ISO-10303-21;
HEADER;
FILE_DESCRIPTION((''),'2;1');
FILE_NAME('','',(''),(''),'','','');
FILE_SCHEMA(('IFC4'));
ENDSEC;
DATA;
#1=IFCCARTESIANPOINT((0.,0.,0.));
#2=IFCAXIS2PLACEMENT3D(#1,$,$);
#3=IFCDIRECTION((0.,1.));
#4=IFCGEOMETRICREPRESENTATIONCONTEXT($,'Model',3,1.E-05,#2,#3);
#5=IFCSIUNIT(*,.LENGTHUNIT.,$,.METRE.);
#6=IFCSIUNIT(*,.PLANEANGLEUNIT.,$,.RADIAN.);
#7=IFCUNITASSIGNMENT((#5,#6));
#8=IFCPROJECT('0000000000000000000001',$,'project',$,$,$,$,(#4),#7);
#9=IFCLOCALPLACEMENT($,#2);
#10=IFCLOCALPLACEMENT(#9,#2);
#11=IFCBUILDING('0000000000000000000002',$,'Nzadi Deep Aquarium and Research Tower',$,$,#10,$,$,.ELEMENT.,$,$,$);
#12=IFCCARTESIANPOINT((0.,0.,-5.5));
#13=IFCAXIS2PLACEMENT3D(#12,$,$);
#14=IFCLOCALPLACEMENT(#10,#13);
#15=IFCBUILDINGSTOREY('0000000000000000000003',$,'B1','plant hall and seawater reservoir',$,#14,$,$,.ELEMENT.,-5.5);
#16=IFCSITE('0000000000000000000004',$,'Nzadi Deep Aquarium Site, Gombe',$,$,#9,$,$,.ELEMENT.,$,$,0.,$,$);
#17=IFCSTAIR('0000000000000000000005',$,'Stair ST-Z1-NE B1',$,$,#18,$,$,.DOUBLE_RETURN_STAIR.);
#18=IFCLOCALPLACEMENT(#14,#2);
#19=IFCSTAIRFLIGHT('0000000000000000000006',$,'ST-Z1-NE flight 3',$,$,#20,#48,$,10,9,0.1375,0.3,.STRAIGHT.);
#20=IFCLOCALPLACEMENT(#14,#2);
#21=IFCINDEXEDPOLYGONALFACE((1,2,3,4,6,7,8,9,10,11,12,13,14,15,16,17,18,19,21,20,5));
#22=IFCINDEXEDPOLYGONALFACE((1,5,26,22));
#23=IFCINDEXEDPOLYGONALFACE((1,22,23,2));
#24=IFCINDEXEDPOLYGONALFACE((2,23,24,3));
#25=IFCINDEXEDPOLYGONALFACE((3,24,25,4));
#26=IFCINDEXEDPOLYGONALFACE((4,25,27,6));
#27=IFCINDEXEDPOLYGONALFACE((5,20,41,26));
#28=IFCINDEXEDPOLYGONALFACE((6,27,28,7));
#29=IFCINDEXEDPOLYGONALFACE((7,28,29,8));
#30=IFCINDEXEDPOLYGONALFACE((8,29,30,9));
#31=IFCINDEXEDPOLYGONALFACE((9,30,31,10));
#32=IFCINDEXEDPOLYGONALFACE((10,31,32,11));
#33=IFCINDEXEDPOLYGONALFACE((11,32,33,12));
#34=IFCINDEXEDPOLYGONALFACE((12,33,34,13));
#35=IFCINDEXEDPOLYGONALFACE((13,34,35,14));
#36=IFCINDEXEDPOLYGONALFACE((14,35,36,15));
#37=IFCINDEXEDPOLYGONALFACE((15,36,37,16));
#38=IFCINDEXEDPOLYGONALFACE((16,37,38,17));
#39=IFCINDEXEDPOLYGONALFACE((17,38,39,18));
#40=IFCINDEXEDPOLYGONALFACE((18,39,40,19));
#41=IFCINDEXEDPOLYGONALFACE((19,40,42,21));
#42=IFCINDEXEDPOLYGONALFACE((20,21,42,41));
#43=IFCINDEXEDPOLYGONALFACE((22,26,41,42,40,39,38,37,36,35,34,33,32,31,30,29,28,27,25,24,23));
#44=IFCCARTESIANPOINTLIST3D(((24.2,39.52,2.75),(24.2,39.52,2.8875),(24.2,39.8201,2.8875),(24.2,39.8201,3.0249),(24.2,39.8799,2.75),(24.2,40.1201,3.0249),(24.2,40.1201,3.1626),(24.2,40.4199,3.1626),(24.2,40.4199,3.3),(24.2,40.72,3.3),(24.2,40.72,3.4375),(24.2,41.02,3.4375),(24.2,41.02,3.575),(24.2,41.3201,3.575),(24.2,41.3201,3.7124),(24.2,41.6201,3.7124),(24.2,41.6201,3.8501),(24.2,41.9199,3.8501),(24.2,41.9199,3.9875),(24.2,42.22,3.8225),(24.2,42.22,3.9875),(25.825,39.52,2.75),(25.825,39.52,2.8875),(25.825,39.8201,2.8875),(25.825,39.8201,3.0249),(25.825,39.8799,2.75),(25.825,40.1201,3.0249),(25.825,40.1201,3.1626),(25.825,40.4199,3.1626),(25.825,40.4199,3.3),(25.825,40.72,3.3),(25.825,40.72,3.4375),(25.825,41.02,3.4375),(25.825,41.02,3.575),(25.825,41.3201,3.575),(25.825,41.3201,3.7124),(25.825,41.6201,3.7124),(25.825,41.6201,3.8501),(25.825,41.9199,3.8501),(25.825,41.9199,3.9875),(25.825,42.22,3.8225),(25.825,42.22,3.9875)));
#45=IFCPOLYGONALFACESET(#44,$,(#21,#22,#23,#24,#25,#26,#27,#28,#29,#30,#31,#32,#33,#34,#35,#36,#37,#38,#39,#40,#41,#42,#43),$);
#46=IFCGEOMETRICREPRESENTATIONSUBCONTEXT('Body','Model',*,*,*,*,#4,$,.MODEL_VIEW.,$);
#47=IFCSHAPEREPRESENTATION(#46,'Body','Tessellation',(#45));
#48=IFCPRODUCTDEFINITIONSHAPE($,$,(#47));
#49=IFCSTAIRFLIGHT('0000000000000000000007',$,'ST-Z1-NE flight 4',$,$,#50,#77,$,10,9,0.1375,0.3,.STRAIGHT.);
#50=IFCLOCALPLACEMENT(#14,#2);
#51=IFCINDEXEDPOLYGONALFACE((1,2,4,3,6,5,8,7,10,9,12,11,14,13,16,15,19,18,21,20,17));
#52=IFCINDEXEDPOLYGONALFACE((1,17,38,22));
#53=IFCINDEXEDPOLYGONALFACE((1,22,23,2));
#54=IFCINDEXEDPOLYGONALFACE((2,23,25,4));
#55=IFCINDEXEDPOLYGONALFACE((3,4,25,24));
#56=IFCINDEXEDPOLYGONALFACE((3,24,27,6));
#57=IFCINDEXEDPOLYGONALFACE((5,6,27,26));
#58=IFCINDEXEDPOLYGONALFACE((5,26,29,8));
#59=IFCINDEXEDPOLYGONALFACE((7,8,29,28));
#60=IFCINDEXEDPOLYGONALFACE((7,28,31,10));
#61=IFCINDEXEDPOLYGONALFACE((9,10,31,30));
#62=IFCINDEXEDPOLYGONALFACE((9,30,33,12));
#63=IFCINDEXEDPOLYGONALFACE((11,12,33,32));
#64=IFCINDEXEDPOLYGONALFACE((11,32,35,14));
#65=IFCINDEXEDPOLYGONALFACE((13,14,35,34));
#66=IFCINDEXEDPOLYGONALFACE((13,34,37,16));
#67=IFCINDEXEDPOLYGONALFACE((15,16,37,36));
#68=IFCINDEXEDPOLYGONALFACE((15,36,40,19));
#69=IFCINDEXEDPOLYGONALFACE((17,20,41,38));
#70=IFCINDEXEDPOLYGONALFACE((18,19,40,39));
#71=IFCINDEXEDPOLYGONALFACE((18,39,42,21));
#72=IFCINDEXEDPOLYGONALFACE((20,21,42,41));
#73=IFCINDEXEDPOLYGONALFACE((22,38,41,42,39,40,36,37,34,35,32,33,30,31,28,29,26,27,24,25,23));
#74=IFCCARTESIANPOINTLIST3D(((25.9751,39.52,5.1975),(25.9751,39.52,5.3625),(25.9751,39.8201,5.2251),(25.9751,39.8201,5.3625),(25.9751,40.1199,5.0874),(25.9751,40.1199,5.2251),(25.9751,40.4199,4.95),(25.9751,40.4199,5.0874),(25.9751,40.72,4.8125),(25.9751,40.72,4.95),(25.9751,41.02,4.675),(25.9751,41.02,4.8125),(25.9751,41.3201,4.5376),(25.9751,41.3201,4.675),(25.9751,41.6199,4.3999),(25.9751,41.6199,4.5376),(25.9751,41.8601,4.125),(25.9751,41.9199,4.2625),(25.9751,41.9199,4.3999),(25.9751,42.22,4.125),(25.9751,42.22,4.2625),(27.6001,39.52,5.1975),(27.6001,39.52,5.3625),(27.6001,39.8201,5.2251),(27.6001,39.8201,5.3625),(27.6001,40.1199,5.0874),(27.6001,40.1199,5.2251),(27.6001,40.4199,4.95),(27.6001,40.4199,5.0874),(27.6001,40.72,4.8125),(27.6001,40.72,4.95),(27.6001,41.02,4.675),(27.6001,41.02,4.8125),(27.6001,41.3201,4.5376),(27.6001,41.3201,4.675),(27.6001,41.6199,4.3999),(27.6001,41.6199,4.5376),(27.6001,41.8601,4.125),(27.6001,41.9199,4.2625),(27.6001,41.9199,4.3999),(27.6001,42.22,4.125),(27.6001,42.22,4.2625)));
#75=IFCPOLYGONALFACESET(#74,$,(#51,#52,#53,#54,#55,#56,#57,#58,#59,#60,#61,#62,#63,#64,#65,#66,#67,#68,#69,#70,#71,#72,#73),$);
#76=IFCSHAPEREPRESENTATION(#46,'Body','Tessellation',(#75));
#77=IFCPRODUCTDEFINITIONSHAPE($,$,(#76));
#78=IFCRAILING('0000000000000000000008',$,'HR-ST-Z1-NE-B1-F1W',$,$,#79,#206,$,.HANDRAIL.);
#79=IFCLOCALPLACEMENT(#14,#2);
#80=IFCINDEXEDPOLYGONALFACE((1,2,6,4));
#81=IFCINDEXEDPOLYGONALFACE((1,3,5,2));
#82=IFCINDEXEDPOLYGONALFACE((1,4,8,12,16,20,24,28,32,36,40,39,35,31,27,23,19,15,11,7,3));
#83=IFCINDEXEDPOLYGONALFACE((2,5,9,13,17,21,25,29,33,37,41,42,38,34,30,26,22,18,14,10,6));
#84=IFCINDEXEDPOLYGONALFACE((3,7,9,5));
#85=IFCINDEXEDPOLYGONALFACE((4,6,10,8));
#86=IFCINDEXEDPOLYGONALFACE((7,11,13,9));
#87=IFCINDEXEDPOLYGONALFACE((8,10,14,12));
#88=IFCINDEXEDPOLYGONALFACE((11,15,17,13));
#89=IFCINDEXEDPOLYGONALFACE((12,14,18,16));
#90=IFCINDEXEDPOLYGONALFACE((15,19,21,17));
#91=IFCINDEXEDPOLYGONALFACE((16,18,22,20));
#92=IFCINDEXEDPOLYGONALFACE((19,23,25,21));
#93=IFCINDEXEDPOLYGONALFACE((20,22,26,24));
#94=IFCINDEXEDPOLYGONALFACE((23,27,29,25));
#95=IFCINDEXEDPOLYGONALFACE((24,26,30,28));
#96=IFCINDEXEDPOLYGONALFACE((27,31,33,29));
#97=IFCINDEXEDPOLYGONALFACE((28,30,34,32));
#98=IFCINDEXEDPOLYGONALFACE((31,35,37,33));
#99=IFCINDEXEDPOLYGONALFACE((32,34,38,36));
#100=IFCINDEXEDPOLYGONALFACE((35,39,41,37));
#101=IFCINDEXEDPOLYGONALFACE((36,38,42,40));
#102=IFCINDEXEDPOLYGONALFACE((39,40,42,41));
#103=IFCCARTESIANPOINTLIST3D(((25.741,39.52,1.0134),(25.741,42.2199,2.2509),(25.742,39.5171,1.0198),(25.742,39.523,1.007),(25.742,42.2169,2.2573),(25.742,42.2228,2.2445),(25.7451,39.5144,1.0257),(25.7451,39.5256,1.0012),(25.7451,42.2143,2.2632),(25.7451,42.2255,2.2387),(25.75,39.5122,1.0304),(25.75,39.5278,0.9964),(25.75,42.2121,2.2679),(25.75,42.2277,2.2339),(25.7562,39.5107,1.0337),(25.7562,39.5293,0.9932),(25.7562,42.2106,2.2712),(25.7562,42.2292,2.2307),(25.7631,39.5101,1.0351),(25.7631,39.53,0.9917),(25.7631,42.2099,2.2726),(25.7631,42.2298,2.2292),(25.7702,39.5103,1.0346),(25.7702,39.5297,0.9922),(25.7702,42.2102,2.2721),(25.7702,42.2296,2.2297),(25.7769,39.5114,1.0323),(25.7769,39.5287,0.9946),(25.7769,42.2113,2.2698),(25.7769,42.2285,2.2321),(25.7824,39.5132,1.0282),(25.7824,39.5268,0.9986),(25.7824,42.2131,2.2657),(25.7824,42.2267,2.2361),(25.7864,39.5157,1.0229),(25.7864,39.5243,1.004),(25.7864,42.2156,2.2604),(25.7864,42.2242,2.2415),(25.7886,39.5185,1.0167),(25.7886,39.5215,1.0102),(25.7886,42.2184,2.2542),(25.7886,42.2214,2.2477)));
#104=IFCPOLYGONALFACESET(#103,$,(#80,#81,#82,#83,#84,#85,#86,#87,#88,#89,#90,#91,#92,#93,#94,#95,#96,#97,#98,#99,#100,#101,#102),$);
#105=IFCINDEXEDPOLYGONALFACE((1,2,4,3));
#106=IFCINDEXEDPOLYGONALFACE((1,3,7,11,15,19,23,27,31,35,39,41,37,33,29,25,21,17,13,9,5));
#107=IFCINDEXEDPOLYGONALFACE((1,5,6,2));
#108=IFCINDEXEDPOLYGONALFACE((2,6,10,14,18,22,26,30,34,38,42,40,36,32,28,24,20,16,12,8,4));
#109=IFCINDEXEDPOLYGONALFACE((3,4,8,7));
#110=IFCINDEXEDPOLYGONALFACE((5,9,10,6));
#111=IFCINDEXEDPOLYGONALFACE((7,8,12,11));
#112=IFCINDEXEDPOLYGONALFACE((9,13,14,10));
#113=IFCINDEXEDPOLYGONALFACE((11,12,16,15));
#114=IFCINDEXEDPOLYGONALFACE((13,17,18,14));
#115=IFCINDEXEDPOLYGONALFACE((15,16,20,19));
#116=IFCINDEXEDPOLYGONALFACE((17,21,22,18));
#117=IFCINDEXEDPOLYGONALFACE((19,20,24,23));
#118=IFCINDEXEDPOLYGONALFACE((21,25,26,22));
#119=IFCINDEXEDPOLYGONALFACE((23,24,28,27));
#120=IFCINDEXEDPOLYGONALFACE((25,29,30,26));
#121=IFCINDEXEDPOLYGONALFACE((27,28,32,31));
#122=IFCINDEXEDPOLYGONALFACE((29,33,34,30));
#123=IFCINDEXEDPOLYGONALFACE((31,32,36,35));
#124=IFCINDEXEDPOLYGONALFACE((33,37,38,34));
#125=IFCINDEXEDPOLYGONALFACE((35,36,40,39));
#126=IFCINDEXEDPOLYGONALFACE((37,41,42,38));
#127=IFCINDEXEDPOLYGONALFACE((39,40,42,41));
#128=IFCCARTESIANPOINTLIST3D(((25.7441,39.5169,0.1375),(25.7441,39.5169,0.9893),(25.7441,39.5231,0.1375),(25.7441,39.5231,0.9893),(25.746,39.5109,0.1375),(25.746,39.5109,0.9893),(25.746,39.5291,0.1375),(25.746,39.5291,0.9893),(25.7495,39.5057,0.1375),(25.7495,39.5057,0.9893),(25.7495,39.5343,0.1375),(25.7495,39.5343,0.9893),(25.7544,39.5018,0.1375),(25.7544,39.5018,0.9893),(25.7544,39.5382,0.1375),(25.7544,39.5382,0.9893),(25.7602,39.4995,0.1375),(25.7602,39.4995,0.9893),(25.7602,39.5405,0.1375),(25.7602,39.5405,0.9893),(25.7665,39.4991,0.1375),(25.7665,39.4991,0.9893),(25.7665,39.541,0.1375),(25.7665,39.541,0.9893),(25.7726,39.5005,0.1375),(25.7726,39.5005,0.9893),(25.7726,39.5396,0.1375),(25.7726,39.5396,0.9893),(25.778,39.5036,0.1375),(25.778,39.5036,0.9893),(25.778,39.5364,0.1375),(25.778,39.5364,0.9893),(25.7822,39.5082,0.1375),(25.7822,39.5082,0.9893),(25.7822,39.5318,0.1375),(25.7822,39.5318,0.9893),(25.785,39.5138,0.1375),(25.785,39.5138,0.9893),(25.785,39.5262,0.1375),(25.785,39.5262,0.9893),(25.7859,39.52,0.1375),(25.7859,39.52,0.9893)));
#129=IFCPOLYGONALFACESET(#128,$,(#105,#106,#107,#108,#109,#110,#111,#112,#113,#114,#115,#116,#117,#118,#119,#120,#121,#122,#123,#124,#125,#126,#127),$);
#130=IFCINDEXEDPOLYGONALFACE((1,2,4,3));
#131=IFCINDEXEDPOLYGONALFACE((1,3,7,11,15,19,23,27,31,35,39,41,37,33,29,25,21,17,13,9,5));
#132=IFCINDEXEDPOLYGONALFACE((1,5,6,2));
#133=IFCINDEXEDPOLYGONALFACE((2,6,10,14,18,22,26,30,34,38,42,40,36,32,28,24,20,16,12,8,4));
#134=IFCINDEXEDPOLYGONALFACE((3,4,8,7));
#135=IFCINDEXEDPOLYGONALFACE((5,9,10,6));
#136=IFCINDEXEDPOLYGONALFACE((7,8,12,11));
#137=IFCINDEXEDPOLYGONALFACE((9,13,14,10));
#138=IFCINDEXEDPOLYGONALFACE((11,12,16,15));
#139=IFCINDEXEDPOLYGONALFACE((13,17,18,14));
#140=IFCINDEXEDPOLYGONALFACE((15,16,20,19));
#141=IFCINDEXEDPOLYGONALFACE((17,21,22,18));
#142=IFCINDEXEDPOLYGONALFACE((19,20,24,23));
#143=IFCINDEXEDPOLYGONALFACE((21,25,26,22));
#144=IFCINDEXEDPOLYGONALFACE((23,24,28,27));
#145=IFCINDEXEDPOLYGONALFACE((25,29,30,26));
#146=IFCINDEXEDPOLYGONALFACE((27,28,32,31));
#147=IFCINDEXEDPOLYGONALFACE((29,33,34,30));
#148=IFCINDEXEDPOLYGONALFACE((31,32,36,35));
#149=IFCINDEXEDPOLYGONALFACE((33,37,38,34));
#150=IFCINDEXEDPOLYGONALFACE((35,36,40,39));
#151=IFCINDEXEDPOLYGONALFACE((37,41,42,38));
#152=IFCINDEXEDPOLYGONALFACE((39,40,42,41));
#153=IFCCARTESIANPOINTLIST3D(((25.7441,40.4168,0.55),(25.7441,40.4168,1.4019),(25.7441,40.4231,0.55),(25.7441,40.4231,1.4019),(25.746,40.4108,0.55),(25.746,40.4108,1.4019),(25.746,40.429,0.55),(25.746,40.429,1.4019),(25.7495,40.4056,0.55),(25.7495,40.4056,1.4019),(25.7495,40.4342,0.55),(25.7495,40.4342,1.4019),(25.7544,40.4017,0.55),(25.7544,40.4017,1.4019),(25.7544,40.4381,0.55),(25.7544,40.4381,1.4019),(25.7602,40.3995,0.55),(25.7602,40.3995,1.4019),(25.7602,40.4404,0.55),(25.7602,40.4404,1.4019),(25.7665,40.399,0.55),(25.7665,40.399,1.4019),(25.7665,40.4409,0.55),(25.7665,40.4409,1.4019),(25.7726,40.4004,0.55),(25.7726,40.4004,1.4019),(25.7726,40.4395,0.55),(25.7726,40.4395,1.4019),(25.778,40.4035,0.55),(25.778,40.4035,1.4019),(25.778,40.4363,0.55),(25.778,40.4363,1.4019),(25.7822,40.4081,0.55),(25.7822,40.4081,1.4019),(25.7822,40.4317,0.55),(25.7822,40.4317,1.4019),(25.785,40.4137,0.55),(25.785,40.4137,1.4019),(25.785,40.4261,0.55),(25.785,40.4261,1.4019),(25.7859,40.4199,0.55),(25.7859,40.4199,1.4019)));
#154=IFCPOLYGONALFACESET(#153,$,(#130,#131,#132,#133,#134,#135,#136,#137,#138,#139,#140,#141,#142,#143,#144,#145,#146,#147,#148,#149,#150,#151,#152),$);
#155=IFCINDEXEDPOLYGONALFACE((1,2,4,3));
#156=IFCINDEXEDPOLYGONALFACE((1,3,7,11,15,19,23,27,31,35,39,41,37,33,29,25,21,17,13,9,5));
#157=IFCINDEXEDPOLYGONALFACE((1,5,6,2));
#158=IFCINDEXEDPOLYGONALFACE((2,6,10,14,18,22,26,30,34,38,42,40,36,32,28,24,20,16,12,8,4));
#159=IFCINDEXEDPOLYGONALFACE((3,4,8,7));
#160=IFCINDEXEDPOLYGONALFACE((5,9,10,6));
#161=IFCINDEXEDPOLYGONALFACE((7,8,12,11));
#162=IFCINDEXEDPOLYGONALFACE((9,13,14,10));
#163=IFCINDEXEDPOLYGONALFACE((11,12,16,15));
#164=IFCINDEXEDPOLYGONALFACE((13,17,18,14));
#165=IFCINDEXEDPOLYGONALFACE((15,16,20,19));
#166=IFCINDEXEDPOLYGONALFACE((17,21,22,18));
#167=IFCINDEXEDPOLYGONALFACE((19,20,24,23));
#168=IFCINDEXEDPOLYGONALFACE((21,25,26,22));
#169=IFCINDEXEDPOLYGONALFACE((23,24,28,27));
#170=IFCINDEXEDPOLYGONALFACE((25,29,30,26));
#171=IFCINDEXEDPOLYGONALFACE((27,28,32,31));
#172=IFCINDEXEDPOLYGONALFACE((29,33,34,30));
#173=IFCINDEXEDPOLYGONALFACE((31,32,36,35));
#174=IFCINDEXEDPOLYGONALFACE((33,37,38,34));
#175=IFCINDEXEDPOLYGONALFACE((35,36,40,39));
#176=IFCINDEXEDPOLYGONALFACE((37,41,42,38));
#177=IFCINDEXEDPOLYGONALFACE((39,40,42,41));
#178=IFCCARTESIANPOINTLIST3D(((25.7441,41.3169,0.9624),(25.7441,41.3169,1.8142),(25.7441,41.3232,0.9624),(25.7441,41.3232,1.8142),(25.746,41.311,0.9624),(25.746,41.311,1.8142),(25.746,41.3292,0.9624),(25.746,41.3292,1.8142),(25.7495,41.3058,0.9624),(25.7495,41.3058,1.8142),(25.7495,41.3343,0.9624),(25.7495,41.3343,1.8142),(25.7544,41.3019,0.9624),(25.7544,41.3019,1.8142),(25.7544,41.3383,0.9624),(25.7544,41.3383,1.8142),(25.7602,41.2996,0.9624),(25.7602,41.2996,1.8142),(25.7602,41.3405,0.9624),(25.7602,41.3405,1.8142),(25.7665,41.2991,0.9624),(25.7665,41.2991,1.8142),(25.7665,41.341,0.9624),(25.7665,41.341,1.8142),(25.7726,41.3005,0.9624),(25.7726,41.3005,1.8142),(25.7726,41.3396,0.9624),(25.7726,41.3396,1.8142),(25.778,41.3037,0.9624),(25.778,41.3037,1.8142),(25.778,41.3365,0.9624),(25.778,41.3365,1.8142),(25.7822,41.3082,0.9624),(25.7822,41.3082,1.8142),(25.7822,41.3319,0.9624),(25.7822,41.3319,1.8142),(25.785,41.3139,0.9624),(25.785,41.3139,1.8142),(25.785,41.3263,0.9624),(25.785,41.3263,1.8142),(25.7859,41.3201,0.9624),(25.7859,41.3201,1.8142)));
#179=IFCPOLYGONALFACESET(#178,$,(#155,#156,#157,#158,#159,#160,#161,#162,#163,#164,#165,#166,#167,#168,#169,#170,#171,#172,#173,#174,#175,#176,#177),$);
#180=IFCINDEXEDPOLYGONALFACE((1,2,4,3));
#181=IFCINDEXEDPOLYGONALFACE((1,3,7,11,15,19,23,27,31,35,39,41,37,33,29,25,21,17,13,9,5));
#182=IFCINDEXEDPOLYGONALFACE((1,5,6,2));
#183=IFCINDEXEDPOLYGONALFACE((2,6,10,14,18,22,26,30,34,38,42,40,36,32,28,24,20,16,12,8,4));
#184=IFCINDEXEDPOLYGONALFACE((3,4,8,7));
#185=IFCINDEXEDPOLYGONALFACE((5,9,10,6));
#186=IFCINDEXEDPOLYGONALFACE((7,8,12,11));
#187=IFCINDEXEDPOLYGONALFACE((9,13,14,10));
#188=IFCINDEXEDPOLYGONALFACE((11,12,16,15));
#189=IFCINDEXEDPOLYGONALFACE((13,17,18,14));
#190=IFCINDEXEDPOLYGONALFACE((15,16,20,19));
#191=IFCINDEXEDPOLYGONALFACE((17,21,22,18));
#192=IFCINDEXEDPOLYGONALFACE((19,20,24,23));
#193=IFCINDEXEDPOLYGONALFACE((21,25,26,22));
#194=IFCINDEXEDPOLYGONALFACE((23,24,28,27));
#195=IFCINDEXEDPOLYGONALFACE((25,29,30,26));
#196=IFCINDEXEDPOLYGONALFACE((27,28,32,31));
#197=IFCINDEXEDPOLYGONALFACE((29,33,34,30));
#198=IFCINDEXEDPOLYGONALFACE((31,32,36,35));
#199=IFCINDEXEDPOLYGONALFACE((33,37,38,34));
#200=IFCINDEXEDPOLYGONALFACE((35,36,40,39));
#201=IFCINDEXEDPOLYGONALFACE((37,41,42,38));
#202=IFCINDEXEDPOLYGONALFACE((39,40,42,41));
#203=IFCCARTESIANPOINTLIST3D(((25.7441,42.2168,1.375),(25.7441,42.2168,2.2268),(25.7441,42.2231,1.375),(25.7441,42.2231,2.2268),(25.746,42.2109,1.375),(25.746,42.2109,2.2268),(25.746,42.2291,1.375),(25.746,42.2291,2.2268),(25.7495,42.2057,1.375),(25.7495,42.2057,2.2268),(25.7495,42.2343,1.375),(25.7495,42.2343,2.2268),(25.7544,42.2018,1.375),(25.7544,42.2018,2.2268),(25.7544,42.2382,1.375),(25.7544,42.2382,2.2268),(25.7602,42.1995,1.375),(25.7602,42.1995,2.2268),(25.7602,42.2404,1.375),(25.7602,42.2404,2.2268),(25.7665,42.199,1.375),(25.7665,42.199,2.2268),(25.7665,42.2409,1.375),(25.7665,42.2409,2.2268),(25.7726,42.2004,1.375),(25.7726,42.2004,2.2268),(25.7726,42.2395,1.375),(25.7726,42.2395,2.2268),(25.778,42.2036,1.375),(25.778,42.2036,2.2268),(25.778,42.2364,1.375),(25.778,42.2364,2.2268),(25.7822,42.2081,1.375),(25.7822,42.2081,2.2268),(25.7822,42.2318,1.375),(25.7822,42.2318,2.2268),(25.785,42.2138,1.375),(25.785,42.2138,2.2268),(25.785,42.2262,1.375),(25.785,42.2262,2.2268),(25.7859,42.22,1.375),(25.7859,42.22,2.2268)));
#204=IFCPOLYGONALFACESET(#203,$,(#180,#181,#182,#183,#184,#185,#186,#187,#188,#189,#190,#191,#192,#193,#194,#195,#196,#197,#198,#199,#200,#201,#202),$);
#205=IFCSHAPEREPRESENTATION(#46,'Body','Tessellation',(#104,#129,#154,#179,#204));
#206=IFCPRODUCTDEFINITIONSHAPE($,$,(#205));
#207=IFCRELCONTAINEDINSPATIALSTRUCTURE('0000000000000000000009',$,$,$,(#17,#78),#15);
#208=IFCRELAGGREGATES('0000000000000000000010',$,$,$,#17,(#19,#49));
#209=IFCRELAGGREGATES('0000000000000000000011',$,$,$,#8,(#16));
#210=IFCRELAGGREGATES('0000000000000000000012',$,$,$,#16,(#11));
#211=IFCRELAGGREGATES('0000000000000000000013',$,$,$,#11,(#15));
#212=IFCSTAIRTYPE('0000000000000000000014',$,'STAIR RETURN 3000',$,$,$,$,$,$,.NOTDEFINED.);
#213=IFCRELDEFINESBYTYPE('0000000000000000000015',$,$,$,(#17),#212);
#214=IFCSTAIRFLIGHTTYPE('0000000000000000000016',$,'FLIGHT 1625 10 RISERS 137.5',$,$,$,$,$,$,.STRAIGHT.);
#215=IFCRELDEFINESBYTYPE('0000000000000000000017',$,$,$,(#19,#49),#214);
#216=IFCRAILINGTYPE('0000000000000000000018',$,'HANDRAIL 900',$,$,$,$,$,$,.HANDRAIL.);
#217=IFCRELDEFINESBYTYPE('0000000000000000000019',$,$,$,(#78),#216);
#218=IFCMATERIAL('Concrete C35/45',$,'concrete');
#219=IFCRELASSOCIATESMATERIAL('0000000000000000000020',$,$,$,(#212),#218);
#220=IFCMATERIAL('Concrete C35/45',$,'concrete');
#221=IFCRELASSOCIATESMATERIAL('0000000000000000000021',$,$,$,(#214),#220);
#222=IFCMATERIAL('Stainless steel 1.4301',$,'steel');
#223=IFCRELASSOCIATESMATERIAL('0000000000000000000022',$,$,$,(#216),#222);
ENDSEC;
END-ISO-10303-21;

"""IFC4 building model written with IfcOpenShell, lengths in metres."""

from ifc_helpers import new_model, si_unit, direction, frame, origin, origin_2d, place, context, subcontext, project, spatial, polyline, circle, outline, extrude, material, type_object, element, aggregate, save


model = new_model("IFC4")

# Units and contexts
model_context = context("Model", 3, precision=1e-05, world=origin(), true_north=direction((0.0, 1.0)))
body_context = subcontext(model_context, "Body", "Model", "MODEL_VIEW")
ifc_project = project(units=[si_unit("LENGTHUNIT", "METRE"), si_unit("PLANEANGLEUNIT", "RADIAN")], contexts=[model_context])

# Site, building, storey
site_placement = place(None, origin())
site = spatial("IfcSite", under=ifc_project, at=site_placement, Name="Nzadi Deep Aquarium Site, Gombe", CompositionType="ELEMENT", RefElevation=0.0)
building_placement = place(site_placement, origin())
building = spatial("IfcBuilding", under=site, at=building_placement, Name="Nzadi Deep Aquarium and Research Tower", CompositionType="ELEMENT")
storey_placement = place(building_placement, frame((0.0, 0.0, -5.5)))
storey = spatial("IfcBuildingStorey", under=building, at=storey_placement, Name="B1", Description="plant hall and seawater reservoir", CompositionType="ELEMENT", Elevation=-5.5)

# Stair, stair flights
ifc_material_1 = material(Name="Concrete C35/45", Category="concrete")
stair_type = type_object("IfcStairType", Name="STAIR RETURN 3000", PredefinedType="NOTDEFINED", material=ifc_material_1)
stair_placement = place(storey_placement, origin())
stair = element("IfcStair", 1, at=stair_placement, inside=storey, type_object=stair_type, Name="Stair ST-Z1-NE B1", PredefinedType="DOUBLE_RETURN_STAIR")
ifc_material_2 = material(Name="Concrete C35/45", Category="concrete")
stair_flight_type = type_object("IfcStairFlightType", Name="FLIGHT 1625 10 RISERS 137.5", PredefinedType="STRAIGHT", material=ifc_material_2)
stair_flight_1_placement = place(storey_placement, frame((25.0125, 39.52, 2.75), z_axis=(0.0, 0.0, 1.0), x_axis=(0.0, 1.0, 0.0)))
stair_flight_1 = element("IfcStairFlight", 2, at=stair_flight_1_placement, type_object=stair_flight_type, Name="ST-Z1-NE flight 3", NumberOfRisers=10, NumberOfTreads=9, PredefinedType="STRAIGHT", RiserHeight=0.1375, TreadLength=0.3, context=body_context, shape_type="SweptSolid", body=[
    extrude(outline(polyline([(0.0, 0.0), (0.0, 0.1375), (0.3, 0.1375), (0.3, 0.2749), (0.6001, 0.2749), (0.6001, 0.4126), (0.8999, 0.4126), (0.8999, 0.55), (1.2, 0.55), (1.2, 0.6875), (1.5, 0.6875), (1.5, 0.825), (1.8, 0.825), (1.8, 0.9624), (2.1001, 0.9624), (2.1001, 1.1001), (2.3999, 1.1001), (2.3999, 1.2375), (2.7, 1.2375), (2.7, 1.375), (2.7, 1.0725), (0.3599, 0.0), (0.0, 0.0)])), frame((0.0, 0.8125, 0.0), z_axis=(0.0, -1.0, 0.0), x_axis=(1.0, 0.0, 0.0)), (0.0, 0.0, 1.0), 1.625),
])
stair_flight_2_placement = place(storey_placement, frame((26.7876, 42.22, 4.125), z_axis=(0.0, 0.0, 1.0), x_axis=(0.0, -1.0, 0.0)))
stair_flight_2 = element("IfcStairFlight", 3, at=stair_flight_2_placement, type_object=stair_flight_type, Name="ST-Z1-NE flight 4", NumberOfRisers=10, NumberOfTreads=9, PredefinedType="STRAIGHT", RiserHeight=0.1375, TreadLength=0.3, context=body_context, shape_type="SweptSolid", body=[
    extrude(outline(polyline([(0.0, 0.0), (0.0, 0.1375), (0.3, 0.1375), (0.3, 0.2749), (0.6001, 0.2749), (0.6001, 0.4126), (0.8999, 0.4126), (0.8999, 0.55), (1.2, 0.55), (1.2, 0.6875), (1.5, 0.6875), (1.5, 0.825), (1.8, 0.825), (1.8, 0.9624), (2.1001, 0.9624), (2.1001, 1.1001), (2.3999, 1.1001), (2.3999, 1.2375), (2.7, 1.2375), (2.7, 1.375), (2.7, 1.0725), (0.3599, 0.0), (0.0, 0.0)])), frame((0.0, 0.8125, 0.0), z_axis=(0.0, -1.0, 0.0), x_axis=(1.0, 0.0, 0.0)), (0.0, 0.0, 1.0), 1.625),
])
aggregate(stair, [stair_flight_1, stair_flight_2])

# Railing
ifc_material_3 = material(Name="Stainless steel 1.4301", Category="steel")
railing_type = type_object("IfcRailingType", Name="HANDRAIL 900", PredefinedType="HANDRAIL", material=ifc_material_3)
railing_1_placement = place(storey_placement, frame((25.7649, 39.52, 0.1375)))
element("IfcRailing", 4, at=railing_1_placement, inside=storey, type_object=railing_type, Name="HR-ST-Z1-NE-B1-F1W", PredefinedType="HANDRAIL", context=body_context, shape_type="SweptSolid", body=[
    extrude(circle(Radius=0.0239, at=origin_2d()), frame((0.0, 0.0, 0.876), z_axis=(0.0, 0.909056, 0.416675), x_axis=(-1.0, 0.0, 0.0)), (0.0, 0.0, 1.0), 2.97),
    extrude(circle(Radius=0.021, at=origin_2d()), origin(), (0.0, 0.0, 1.0), 0.8518),
    extrude(circle(Radius=0.021, at=origin_2d()), frame((0.0, 0.8999, 0.4126)), (0.0, 0.0, 1.0), 0.8518),
    extrude(circle(Radius=0.021, at=origin_2d()), frame((0.0, 1.8, 0.825)), (0.0, 0.0, 1.0), 0.8518),
    extrude(circle(Radius=0.021, at=origin_2d()), frame((0.0, 2.7, 1.2375)), (0.0, 0.0, 1.0), 0.8518),
])

save(model, "model.ifc")
